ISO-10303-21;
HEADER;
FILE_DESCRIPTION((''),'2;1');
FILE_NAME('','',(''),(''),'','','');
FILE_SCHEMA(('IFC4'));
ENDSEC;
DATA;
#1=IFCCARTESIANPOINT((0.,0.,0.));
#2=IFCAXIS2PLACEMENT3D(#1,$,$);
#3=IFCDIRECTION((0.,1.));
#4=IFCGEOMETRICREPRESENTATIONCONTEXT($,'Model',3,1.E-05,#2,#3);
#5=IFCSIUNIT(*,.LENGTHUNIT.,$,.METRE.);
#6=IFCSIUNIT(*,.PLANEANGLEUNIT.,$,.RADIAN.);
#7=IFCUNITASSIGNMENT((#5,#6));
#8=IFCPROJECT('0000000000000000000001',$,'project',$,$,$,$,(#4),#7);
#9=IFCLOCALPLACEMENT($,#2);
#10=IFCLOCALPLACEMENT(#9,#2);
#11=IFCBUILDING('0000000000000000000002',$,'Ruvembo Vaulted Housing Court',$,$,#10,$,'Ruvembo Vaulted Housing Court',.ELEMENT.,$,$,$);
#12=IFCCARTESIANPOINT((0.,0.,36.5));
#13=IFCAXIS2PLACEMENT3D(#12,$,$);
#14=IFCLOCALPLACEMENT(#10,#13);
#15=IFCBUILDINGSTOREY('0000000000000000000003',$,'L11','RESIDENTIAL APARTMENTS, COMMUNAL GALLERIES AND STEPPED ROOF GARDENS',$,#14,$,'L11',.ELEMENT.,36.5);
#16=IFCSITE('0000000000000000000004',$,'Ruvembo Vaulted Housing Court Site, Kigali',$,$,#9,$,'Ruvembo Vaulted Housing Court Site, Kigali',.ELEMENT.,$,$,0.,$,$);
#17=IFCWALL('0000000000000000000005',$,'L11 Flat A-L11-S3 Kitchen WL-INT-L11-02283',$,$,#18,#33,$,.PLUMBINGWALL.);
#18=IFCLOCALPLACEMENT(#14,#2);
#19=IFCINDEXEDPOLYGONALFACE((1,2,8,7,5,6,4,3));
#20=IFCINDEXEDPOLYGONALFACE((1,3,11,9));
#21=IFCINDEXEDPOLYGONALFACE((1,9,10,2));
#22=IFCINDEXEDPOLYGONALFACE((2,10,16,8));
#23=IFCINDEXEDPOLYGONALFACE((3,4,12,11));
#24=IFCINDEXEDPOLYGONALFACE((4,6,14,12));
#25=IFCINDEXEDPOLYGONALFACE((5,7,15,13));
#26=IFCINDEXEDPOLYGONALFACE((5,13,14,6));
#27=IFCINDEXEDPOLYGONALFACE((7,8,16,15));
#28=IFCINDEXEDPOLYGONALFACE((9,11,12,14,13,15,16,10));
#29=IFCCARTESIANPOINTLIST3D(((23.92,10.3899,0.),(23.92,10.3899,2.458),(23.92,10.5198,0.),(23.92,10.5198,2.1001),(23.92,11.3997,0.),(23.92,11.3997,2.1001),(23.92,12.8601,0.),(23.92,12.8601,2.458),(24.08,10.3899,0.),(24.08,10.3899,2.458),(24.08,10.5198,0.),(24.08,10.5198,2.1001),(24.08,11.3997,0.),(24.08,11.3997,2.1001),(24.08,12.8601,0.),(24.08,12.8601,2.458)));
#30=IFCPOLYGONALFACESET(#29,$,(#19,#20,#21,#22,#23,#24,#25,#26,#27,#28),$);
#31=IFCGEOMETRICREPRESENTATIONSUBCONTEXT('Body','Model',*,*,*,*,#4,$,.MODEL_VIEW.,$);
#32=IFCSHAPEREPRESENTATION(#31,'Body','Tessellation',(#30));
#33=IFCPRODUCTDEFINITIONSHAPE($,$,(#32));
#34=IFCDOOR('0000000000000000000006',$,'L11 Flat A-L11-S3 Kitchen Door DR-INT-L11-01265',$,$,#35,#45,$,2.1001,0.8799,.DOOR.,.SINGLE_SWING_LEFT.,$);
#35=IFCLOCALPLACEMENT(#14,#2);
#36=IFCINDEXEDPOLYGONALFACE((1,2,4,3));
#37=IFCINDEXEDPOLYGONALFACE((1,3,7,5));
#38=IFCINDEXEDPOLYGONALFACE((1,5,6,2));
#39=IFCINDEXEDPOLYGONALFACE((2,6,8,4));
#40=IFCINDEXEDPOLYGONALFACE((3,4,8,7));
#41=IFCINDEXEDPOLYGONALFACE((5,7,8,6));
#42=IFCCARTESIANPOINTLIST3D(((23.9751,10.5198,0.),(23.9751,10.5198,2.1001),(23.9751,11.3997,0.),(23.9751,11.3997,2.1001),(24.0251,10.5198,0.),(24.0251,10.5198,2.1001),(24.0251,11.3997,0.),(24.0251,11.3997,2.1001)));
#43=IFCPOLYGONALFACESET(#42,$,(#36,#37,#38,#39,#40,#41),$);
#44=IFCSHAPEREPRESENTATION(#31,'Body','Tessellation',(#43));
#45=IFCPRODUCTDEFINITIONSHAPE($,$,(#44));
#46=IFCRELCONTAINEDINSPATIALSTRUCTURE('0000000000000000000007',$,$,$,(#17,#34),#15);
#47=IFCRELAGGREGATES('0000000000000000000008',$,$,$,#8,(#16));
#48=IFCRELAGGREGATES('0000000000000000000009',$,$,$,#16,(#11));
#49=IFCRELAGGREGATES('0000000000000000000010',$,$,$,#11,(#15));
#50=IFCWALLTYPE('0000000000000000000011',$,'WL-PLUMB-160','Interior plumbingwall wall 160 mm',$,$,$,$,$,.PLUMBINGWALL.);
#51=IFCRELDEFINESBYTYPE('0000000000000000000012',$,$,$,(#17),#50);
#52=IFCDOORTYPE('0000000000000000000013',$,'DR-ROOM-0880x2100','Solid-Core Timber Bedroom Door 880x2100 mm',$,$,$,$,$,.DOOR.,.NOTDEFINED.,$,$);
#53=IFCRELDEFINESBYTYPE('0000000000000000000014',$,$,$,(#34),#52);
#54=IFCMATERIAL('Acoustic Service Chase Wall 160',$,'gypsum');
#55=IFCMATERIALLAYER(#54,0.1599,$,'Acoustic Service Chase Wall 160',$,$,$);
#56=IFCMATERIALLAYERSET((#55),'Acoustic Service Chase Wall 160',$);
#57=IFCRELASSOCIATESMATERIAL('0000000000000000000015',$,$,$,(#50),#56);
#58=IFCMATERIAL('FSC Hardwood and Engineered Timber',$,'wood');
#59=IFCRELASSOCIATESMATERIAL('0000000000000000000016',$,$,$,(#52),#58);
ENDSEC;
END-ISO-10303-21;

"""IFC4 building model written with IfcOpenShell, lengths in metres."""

from ifc_helpers import new_model, si_unit, direction, frame, frame_2d, origin, place, context, subcontext, project, spatial, rectangle, extrude, material, layer, layer_set, type_object, element, fill, save


model = new_model("IFC4")

# Units and contexts
model_context = context("Model", 3, precision=1e-05, world=origin(), true_north=direction((0.0, 1.0)))
body_context = subcontext(model_context, "Body", "Model", "MODEL_VIEW")
ifc_project = project(units=[si_unit("LENGTHUNIT", "METRE"), si_unit("PLANEANGLEUNIT", "RADIAN")], contexts=[model_context])

# Site, building, storey
site_placement = place(None, origin())
site = spatial("IfcSite", under=ifc_project, at=site_placement, Name="Ruvembo Vaulted Housing Court Site, Kigali", LongName="Ruvembo Vaulted Housing Court Site, Kigali", CompositionType="ELEMENT", RefElevation=0.0)
building_placement = place(site_placement, origin())
building = spatial("IfcBuilding", under=site, at=building_placement, Name="Ruvembo Vaulted Housing Court", LongName="Ruvembo Vaulted Housing Court", CompositionType="ELEMENT")
storey_placement = place(building_placement, frame((0.0, 0.0, 36.5)))
storey = spatial("IfcBuildingStorey", under=building, at=storey_placement, Name="L11", Description="RESIDENTIAL APARTMENTS, COMMUNAL GALLERIES AND STEPPED ROOF GARDENS", LongName="L11", CompositionType="ELEMENT", Elevation=36.5)

# Wall, opening, door
ifc_material_1 = material(Name="FSC Hardwood and Engineered Timber", Category="wood")
ifc_material_2 = material(Name="Acoustic Service Chase Wall 160", Category="gypsum")
ifc_layer_1 = layer(ifc_material_2, 0.1599, Name="Acoustic Service Chase Wall 160")
ifc_layer_set_1 = layer_set([ifc_layer_1], Name="Acoustic Service Chase Wall 160")
wall_type_1 = type_object("IfcWallType", Name="WL-PLUMB-160", Description="Interior plumbingwall wall 160 mm", PredefinedType="PLUMBINGWALL", material=ifc_layer_set_1)
wall_1_placement = place(storey_placement, frame((24.0, 10.3899, 0.0), z_axis=(0.0, 0.0, 1.0), x_axis=(0.0, 1.0, 0.0)))
wall_1 = element("IfcWall", 1, at=wall_1_placement, inside=storey, type_object=wall_type_1, Name="L11 Flat A-L11-S3 Kitchen WL-INT-L11-02283", PredefinedType="PLUMBINGWALL", context=body_context, shape_type="SweptSolid", body=[
    extrude(rectangle(XDim=2.4702, YDim=0.1599, at=frame_2d((1.2351, 0.0))), origin(), (0.0, 0.0, 1.0), 2.458),
])
opening_1_placement = place(wall_1_placement, frame((0.1299, 0.0, 0.0)))
opening_1 = element("IfcOpeningElement", 2, at=opening_1_placement, cuts=wall_1, PredefinedType="OPENING", context=body_context, shape_type="SweptSolid", body=[
    extrude(rectangle(XDim=0.8799, YDim=2.1001, at=frame_2d((0.4399, 1.05))), frame((0.0, 0.0898, 0.0), z_axis=(0.0, -1.0, 0.0), x_axis=(1.0, 0.0, 0.0)), (0.0, 0.0, 1.0), 0.1799),
])
door_type_1 = type_object("IfcDoorType", Name="DR-ROOM-0880x2100", Description="Solid-Core Timber Bedroom Door 880x2100 mm", OperationType="NOTDEFINED", PredefinedType="DOOR", material=ifc_material_1)
door_1_placement = place(opening_1_placement, origin())
door_1 = element("IfcDoor", 3, at=door_1_placement, inside=storey, type_object=door_type_1, Name="L11 Flat A-L11-S3 Kitchen Door DR-INT-L11-01265", OperationType="SINGLE_SWING_LEFT", OverallHeight=2.1001, OverallWidth=0.8799, PredefinedType="DOOR", context=body_context, shape_type="SweptSolid", body=[
    extrude(rectangle(XDim=0.8799, YDim=2.1001, at=frame_2d((0.4399, 1.05))), frame((0.0, 0.0249, 0.0), z_axis=(0.0, -1.0, 0.0), x_axis=(1.0, 0.0, 0.0)), (0.0, 0.0, 1.0), 0.05),
])
fill(opening_1, door_1)

save(model, "model.ifc")
